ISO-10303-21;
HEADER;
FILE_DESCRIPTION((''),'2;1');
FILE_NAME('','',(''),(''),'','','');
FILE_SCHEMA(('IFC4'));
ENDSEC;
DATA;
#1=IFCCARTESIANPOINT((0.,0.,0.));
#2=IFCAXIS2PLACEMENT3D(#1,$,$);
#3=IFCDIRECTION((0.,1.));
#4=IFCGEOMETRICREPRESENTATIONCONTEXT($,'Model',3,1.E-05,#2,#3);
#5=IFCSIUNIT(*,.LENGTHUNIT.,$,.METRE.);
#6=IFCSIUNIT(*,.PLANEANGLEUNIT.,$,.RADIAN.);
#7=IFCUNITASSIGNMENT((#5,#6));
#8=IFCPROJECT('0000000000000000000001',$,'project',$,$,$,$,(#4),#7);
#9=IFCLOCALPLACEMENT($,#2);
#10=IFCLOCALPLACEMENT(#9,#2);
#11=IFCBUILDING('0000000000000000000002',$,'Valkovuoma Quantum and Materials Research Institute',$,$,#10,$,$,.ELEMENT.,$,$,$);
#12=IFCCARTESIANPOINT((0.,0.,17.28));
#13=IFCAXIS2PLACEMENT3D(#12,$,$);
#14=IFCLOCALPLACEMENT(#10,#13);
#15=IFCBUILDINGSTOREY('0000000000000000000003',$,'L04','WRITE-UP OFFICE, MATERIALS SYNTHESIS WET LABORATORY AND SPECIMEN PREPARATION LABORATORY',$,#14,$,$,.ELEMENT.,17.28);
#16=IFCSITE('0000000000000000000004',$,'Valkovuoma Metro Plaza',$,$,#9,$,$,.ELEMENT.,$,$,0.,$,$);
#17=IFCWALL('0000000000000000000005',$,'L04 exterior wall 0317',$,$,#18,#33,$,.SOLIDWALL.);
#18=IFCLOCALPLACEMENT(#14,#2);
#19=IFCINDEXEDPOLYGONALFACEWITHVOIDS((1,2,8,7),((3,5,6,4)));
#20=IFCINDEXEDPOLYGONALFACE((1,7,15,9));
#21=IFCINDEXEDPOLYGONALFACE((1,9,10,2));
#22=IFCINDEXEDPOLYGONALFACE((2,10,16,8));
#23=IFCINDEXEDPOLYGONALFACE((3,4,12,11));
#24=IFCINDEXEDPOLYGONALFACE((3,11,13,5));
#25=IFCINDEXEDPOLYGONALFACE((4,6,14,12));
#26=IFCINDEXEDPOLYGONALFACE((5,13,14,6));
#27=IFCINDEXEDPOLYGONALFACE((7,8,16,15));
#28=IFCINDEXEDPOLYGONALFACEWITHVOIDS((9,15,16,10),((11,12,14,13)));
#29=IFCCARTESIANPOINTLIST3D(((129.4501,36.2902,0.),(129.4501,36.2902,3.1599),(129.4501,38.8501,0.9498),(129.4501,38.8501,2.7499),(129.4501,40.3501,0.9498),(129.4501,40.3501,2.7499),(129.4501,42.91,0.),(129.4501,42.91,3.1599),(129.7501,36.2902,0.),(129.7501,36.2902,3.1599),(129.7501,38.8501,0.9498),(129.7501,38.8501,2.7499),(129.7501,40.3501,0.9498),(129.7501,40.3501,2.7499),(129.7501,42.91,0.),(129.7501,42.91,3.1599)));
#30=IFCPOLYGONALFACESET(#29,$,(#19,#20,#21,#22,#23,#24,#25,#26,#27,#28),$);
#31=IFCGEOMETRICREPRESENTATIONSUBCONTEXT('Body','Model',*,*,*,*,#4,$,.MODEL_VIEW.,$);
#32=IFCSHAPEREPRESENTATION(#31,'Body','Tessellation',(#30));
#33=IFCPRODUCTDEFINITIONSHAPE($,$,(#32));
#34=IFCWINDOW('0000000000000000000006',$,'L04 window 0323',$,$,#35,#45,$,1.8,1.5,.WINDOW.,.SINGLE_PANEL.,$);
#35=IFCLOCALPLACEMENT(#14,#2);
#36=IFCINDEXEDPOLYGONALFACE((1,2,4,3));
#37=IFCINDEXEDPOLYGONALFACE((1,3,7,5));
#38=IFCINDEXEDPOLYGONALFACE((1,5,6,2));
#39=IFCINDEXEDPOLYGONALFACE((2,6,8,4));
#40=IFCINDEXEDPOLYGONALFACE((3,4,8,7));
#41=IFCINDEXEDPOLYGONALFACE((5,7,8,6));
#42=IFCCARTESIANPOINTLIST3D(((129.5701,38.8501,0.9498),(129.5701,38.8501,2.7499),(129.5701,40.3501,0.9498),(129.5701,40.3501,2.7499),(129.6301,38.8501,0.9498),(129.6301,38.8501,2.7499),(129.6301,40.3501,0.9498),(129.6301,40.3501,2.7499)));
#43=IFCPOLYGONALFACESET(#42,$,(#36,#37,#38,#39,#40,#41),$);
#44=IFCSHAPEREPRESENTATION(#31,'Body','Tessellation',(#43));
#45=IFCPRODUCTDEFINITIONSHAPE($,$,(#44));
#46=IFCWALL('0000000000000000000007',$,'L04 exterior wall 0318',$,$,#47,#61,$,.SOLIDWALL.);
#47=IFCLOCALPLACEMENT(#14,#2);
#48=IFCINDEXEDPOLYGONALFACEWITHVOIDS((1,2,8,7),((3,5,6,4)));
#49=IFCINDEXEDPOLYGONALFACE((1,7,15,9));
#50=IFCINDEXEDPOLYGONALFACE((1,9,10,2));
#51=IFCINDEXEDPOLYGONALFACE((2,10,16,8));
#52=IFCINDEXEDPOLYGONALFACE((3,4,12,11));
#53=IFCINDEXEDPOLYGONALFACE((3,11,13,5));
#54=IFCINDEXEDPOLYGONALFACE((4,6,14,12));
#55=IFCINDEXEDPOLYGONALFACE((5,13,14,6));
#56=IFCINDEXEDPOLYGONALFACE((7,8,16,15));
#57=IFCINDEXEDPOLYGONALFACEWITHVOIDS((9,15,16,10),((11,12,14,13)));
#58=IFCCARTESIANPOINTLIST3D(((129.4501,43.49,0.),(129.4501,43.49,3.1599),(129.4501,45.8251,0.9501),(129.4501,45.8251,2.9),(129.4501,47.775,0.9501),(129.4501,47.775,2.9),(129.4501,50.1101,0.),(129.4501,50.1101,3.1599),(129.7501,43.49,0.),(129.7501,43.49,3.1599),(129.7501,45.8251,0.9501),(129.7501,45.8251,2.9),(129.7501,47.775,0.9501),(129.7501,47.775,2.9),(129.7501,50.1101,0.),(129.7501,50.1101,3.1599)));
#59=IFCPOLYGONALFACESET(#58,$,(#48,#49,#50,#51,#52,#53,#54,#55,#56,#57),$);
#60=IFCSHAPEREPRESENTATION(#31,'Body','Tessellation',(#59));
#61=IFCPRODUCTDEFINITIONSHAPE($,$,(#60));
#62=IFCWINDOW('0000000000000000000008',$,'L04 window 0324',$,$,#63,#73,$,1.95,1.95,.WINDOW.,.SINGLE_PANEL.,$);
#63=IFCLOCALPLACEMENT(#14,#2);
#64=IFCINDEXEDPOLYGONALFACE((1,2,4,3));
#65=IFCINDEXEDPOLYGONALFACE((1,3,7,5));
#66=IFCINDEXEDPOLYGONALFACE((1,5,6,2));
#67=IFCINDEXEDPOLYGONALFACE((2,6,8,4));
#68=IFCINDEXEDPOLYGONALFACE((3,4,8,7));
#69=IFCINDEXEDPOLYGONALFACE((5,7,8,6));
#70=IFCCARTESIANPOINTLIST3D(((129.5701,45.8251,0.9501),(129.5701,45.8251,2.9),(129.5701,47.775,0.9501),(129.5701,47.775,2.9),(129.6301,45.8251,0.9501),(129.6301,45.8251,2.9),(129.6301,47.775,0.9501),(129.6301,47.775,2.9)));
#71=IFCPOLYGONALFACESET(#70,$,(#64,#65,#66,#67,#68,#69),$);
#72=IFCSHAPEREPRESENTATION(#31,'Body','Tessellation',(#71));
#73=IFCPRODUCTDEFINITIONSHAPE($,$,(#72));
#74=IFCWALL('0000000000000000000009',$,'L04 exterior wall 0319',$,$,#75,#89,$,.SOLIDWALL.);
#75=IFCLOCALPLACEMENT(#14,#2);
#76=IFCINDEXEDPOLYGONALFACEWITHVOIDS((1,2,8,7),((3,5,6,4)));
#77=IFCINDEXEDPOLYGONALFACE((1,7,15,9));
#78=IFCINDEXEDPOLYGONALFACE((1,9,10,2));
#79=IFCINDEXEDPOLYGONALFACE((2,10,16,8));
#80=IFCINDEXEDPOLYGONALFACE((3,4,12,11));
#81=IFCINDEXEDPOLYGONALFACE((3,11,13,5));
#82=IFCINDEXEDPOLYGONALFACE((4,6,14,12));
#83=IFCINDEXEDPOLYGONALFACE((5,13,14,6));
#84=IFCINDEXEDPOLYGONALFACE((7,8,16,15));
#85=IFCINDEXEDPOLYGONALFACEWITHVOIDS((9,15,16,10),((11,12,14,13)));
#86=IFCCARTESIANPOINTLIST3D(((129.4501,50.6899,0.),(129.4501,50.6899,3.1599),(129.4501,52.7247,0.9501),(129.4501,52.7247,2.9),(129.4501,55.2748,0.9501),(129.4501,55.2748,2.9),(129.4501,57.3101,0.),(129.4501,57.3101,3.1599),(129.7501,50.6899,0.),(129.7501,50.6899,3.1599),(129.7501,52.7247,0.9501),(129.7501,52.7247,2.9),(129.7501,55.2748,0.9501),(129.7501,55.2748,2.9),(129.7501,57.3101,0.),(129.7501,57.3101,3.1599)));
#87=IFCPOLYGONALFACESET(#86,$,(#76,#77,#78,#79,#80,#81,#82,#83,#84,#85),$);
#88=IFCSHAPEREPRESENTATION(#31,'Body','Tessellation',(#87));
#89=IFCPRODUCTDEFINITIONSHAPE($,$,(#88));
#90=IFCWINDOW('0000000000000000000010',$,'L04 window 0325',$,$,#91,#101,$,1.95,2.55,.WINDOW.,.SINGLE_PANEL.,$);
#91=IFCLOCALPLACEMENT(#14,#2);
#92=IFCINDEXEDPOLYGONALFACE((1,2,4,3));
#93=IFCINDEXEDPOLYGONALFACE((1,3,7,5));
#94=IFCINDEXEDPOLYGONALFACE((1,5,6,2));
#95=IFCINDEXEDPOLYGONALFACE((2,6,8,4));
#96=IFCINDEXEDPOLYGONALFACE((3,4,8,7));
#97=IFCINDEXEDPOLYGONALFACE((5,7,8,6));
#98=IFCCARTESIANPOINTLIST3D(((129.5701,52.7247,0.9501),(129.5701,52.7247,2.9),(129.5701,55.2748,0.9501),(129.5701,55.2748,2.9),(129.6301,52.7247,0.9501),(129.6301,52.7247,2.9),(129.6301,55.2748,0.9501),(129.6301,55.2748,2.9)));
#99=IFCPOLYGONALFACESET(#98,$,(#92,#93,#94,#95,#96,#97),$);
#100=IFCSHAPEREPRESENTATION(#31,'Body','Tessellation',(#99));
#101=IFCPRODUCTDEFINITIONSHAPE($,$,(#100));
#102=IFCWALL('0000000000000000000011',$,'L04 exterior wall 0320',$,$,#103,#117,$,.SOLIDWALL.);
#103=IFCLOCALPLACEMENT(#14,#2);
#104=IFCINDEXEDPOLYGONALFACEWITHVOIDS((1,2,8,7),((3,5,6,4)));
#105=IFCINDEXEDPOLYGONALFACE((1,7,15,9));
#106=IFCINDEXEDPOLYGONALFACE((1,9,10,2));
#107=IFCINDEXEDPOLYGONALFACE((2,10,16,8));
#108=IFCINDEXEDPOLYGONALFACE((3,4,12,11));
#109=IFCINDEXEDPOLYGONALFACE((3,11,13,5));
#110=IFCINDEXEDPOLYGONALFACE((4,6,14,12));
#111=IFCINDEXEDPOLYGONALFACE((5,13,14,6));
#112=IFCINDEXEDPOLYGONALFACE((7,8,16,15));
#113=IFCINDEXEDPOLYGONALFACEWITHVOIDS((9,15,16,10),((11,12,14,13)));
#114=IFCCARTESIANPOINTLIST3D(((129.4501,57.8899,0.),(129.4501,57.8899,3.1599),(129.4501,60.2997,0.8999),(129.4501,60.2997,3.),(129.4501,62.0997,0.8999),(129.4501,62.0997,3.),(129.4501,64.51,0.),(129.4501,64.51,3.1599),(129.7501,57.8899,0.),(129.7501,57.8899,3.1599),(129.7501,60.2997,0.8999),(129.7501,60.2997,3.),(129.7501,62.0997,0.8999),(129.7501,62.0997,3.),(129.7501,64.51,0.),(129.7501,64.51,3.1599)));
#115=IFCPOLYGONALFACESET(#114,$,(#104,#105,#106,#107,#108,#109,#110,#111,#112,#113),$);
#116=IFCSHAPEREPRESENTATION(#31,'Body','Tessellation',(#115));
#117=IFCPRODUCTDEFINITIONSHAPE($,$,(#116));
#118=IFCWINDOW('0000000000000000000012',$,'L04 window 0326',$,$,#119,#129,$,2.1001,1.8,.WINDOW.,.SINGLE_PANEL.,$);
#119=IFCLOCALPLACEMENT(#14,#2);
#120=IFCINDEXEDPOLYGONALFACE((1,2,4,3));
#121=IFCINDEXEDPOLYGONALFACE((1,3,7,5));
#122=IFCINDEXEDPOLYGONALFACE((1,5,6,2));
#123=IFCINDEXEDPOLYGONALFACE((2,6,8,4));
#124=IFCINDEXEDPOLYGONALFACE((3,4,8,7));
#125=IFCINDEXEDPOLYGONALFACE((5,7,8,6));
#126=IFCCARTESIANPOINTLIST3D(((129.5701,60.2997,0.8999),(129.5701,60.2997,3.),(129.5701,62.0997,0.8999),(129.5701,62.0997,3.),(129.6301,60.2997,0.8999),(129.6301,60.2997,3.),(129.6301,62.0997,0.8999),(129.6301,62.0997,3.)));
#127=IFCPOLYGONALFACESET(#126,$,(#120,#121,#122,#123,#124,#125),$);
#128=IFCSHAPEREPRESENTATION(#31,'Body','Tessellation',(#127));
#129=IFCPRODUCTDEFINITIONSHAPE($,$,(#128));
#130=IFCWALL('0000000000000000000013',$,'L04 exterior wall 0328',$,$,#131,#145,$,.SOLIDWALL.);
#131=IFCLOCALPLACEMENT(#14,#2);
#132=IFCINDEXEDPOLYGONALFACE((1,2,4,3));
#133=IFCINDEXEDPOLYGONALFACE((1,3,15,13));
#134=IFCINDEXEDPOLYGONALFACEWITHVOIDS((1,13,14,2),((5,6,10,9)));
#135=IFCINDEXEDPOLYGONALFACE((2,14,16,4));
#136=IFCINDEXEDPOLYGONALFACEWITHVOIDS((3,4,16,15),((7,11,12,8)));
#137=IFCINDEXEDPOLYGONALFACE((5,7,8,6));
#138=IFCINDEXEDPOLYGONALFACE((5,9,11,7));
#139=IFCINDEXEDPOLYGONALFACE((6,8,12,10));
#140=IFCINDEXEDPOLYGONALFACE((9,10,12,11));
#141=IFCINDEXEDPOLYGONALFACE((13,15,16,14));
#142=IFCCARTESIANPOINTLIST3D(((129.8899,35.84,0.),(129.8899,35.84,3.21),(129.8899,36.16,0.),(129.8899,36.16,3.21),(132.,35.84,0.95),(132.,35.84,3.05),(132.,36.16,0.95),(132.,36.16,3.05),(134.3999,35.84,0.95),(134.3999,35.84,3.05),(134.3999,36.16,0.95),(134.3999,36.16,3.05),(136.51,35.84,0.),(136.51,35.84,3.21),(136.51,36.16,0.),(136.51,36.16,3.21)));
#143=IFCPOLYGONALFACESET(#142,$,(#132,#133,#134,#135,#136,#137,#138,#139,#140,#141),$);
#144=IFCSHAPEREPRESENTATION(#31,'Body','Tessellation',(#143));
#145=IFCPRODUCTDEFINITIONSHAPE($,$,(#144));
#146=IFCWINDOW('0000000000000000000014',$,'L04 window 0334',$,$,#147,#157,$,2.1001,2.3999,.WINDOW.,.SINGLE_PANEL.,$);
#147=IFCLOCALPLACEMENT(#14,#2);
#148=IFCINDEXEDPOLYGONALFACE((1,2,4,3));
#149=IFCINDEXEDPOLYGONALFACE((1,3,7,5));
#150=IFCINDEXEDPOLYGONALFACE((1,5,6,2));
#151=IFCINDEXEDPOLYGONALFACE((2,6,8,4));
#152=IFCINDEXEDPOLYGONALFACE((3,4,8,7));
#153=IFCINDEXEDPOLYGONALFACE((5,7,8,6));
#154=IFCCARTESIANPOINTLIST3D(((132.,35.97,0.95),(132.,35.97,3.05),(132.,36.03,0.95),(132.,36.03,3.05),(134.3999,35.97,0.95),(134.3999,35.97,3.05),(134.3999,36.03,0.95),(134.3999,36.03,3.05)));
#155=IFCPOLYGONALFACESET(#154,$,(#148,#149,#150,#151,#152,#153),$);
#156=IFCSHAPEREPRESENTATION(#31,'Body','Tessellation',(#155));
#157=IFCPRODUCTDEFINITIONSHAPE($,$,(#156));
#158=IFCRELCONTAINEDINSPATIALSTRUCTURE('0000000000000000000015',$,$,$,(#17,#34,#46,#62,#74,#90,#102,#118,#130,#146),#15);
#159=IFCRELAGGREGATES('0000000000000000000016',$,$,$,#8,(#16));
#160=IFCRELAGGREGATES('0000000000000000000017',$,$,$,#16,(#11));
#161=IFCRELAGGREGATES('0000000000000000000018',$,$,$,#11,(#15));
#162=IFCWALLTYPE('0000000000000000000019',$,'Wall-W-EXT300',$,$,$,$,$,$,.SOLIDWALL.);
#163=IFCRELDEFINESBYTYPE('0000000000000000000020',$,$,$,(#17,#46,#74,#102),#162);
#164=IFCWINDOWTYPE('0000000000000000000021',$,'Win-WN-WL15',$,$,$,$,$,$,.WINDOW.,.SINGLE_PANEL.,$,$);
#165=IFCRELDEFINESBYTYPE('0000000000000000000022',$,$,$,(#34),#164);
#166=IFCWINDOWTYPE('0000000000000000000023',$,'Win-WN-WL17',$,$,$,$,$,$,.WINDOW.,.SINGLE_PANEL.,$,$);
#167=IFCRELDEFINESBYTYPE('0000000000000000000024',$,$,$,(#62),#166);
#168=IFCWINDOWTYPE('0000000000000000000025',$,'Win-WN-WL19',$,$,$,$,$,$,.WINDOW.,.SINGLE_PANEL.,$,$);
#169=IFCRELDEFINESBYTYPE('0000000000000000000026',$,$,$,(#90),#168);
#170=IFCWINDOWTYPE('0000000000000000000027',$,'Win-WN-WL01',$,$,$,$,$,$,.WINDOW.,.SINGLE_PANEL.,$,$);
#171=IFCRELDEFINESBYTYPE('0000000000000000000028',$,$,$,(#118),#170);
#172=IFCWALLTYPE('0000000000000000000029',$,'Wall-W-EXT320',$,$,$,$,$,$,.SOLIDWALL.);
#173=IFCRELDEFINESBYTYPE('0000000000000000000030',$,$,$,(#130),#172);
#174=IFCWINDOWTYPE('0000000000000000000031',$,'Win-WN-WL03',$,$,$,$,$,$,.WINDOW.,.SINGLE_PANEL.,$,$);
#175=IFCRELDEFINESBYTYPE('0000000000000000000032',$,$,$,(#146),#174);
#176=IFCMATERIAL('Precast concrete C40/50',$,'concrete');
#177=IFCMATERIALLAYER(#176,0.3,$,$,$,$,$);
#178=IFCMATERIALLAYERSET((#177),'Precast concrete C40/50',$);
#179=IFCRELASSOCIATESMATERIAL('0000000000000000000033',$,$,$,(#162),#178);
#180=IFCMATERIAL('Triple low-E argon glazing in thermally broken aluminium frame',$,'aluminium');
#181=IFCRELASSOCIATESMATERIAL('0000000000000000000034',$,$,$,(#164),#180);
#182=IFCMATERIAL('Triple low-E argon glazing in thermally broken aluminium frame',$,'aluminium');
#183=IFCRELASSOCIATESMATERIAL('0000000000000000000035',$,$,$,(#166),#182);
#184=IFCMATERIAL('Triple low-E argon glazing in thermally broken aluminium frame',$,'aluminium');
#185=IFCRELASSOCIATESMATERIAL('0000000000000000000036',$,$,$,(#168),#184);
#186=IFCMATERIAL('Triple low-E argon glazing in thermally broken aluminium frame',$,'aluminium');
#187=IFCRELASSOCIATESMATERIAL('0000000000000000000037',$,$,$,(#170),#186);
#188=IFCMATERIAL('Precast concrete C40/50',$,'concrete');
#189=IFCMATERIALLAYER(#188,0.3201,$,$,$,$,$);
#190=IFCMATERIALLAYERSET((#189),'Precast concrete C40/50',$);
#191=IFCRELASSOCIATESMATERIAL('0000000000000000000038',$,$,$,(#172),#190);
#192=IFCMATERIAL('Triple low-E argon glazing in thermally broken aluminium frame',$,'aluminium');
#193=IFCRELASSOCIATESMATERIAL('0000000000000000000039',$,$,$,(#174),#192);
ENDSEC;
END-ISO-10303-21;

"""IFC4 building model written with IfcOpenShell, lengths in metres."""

from ifc_helpers import new_model, si_unit, direction, frame, frame_2d, origin, place, context, subcontext, project, spatial, rectangle, extrude, material, layer, layer_set, type_object, element, fill, save


model = new_model("IFC4")

# Units and contexts
model_context = context("Model", 3, precision=1e-05, world=origin(), true_north=direction((0.0, 1.0)))
body_context = subcontext(model_context, "Body", "Model", "MODEL_VIEW")
ifc_project = project(units=[si_unit("LENGTHUNIT", "METRE"), si_unit("PLANEANGLEUNIT", "RADIAN")], contexts=[model_context])

# Site, building, storey
site_placement = place(None, origin())
site = spatial("IfcSite", under=ifc_project, at=site_placement, Name="Valkovuoma Metro Plaza", CompositionType="ELEMENT", RefElevation=0.0)
building_placement = place(site_placement, origin())
building = spatial("IfcBuilding", under=site, at=building_placement, Name="Valkovuoma Quantum and Materials Research Institute", CompositionType="ELEMENT")
storey_placement = place(building_placement, frame((0.0, 0.0, 17.28)))
storey = spatial("IfcBuildingStorey", under=building, at=storey_placement, Name="L04", Description="WRITE-UP OFFICE, MATERIALS SYNTHESIS WET LABORATORY AND SPECIMEN PREPARATION LABORATORY", CompositionType="ELEMENT", Elevation=17.28)

# Walls, openings, windows
ifc_material_1 = material(Name="Precast concrete C40/50", Category="concrete")
ifc_layer_1 = layer(ifc_material_1, 0.3)
ifc_layer_set_1 = layer_set([ifc_layer_1], Name="Precast concrete C40/50")
wall_type_1 = type_object("IfcWallType", Name="Wall-W-EXT300", PredefinedType="SOLIDWALL", material=ifc_layer_set_1)
wall_1_placement = place(storey_placement, frame((129.6001, 36.29, 0.0), z_axis=(0.0, 0.0, 1.0), x_axis=(0.0, 1.0, 0.0)))
wall_1 = element("IfcWall", 1, at=wall_1_placement, inside=storey, type_object=wall_type_1, Name="L04 exterior wall 0317", PredefinedType="SOLIDWALL", context=body_context, shape_type="SweptSolid", body=[
    extrude(rectangle(XDim=6.6199, YDim=0.3, at=frame_2d((3.3101, 0.0))), origin(), (0.0, 0.0, 1.0), 3.1599),
])
opening_1_placement = place(wall_1_placement, frame((2.5601, 0.0, 0.95)))
opening_1 = element("IfcOpeningElement", 2, at=opening_1_placement, cuts=wall_1, PredefinedType="OPENING", context=body_context, shape_type="SweptSolid", body=[
    extrude(rectangle(XDim=1.5, YDim=1.8, at=frame_2d((0.75, 0.8999))), frame((0.0, 0.1602, 0.0), z_axis=(0.0, -1.0, 0.0), x_axis=(1.0, 0.0, 0.0)), (0.0, 0.0, 1.0), 0.3201),
])
ifc_material_2 = material(Name="Triple low-E argon glazing in thermally broken aluminium frame", Category="aluminium")
window_type_1 = type_object("IfcWindowType", Name="Win-WN-WL15", PartitioningType="SINGLE_PANEL", PredefinedType="WINDOW", material=ifc_material_2)
window_1_placement = place(opening_1_placement, origin())
window_1 = element("IfcWindow", 3, at=window_1_placement, inside=storey, type_object=window_type_1, Name="L04 window 0323", OverallHeight=1.8, OverallWidth=1.5, PartitioningType="SINGLE_PANEL", PredefinedType="WINDOW", context=body_context, shape_type="SweptSolid", body=[
    extrude(rectangle(XDim=1.5, YDim=1.8, at=frame_2d((0.75, 0.8999))), frame((0.0, 0.03, 0.0), z_axis=(0.0, -1.0, 0.0), x_axis=(1.0, 0.0, 0.0)), (0.0, 0.0, 1.0), 0.0601),
])
fill(opening_1, window_1)
wall_2_placement = place(storey_placement, frame((129.6001, 43.49, 0.0), z_axis=(0.0, 0.0, 1.0), x_axis=(0.0, 1.0, 0.0)))
wall_2 = element("IfcWall", 4, at=wall_2_placement, inside=storey, type_object=wall_type_1, Name="L04 exterior wall 0318", PredefinedType="SOLIDWALL", context=body_context, shape_type="SweptSolid", body=[
    extrude(rectangle(XDim=6.6201, YDim=0.3, at=frame_2d((3.3101, 0.0))), origin(), (0.0, 0.0, 1.0), 3.1599),
])
opening_2_placement = place(wall_2_placement, frame((2.335, 0.0, 0.95)))
opening_2 = element("IfcOpeningElement", 5, at=opening_2_placement, cuts=wall_2, PredefinedType="OPENING", context=body_context, shape_type="SweptSolid", body=[
    extrude(rectangle(XDim=1.95, YDim=1.95, at=frame_2d((0.9751, 0.9751))), frame((0.0, 0.1602, 0.0), z_axis=(0.0, -1.0, 0.0), x_axis=(1.0, 0.0, 0.0)), (0.0, 0.0, 1.0), 0.3201),
])
ifc_material_3 = material(Name="Triple low-E argon glazing in thermally broken aluminium frame", Category="aluminium")
window_type_2 = type_object("IfcWindowType", Name="Win-WN-WL17", PartitioningType="SINGLE_PANEL", PredefinedType="WINDOW", material=ifc_material_3)
window_2_placement = place(opening_2_placement, origin())
window_2 = element("IfcWindow", 6, at=window_2_placement, inside=storey, type_object=window_type_2, Name="L04 window 0324", OverallHeight=1.95, OverallWidth=1.95, PartitioningType="SINGLE_PANEL", PredefinedType="WINDOW", context=body_context, shape_type="SweptSolid", body=[
    extrude(rectangle(XDim=1.95, YDim=1.95, at=frame_2d((0.9751, 0.9751))), frame((0.0, 0.03, 0.0), z_axis=(0.0, -1.0, 0.0), x_axis=(1.0, 0.0, 0.0)), (0.0, 0.0, 1.0), 0.0601),
])
fill(opening_2, window_2)
wall_3_placement = place(storey_placement, frame((129.6001, 50.6899, 0.0), z_axis=(0.0, 0.0, 1.0), x_axis=(0.0, 1.0, 0.0)))
wall_3 = element("IfcWall", 7, at=wall_3_placement, inside=storey, type_object=wall_type_1, Name="L04 exterior wall 0319", PredefinedType="SOLIDWALL", context=body_context, shape_type="SweptSolid", body=[
    extrude(rectangle(XDim=6.6201, YDim=0.3, at=frame_2d((3.3101, 0.0))), origin(), (0.0, 0.0, 1.0), 3.1599),
])
opening_3_placement = place(wall_3_placement, frame((2.0349, 0.0, 0.95)))
opening_3 = element("IfcOpeningElement", 8, at=opening_3_placement, cuts=wall_3, PredefinedType="OPENING", context=body_context, shape_type="SweptSolid", body=[
    extrude(rectangle(XDim=2.55, YDim=1.95, at=frame_2d((1.2749, 0.9751))), frame((0.0, 0.1602, 0.0), z_axis=(0.0, -1.0, 0.0), x_axis=(1.0, 0.0, 0.0)), (0.0, 0.0, 1.0), 0.3201),
])
ifc_material_4 = material(Name="Triple low-E argon glazing in thermally broken aluminium frame", Category="aluminium")
window_type_3 = type_object("IfcWindowType", Name="Win-WN-WL19", PartitioningType="SINGLE_PANEL", PredefinedType="WINDOW", material=ifc_material_4)
window_3_placement = place(opening_3_placement, origin())
window_3 = element("IfcWindow", 9, at=window_3_placement, inside=storey, type_object=window_type_3, Name="L04 window 0325", OverallHeight=1.95, OverallWidth=2.55, PartitioningType="SINGLE_PANEL", PredefinedType="WINDOW", context=body_context, shape_type="SweptSolid", body=[
    extrude(rectangle(XDim=2.55, YDim=1.95, at=frame_2d((1.2749, 0.9751))), frame((0.0, 0.03, 0.0), z_axis=(0.0, -1.0, 0.0), x_axis=(1.0, 0.0, 0.0)), (0.0, 0.0, 1.0), 0.0601),
])
fill(opening_3, window_3)
wall_4_placement = place(storey_placement, frame((129.6001, 57.8899, 0.0), z_axis=(0.0, 0.0, 1.0), x_axis=(0.0, 1.0, 0.0)))
wall_4 = element("IfcWall", 10, at=wall_4_placement, inside=storey, type_object=wall_type_1, Name="L04 exterior wall 0320", PredefinedType="SOLIDWALL", context=body_context, shape_type="SweptSolid", body=[
    extrude(rectangle(XDim=6.6201, YDim=0.3, at=frame_2d((3.3101, 0.0))), origin(), (0.0, 0.0, 1.0), 3.1599),
])
opening_4_placement = place(wall_4_placement, frame((2.4099, 0.0, 0.8999)))
opening_4 = element("IfcOpeningElement", 11, at=opening_4_placement, cuts=wall_4, PredefinedType="OPENING", context=body_context, shape_type="SweptSolid", body=[
    extrude(rectangle(XDim=1.8, YDim=2.1001, at=frame_2d((0.8999, 1.05))), frame((0.0, 0.1602, 0.0), z_axis=(0.0, -1.0, 0.0), x_axis=(1.0, 0.0, 0.0)), (0.0, 0.0, 1.0), 0.3201),
])
ifc_material_5 = material(Name="Triple low-E argon glazing in thermally broken aluminium frame", Category="aluminium")
window_type_4 = type_object("IfcWindowType", Name="Win-WN-WL01", PartitioningType="SINGLE_PANEL", PredefinedType="WINDOW", material=ifc_material_5)
window_4_placement = place(opening_4_placement, origin())
window_4 = element("IfcWindow", 12, at=window_4_placement, inside=storey, type_object=window_type_4, Name="L04 window 0326", OverallHeight=2.1001, OverallWidth=1.8, PartitioningType="SINGLE_PANEL", PredefinedType="WINDOW", context=body_context, shape_type="SweptSolid", body=[
    extrude(rectangle(XDim=1.8, YDim=2.1001, at=frame_2d((0.8999, 1.05))), frame((0.0, 0.03, 0.0), z_axis=(0.0, -1.0, 0.0), x_axis=(1.0, 0.0, 0.0)), (0.0, 0.0, 1.0), 0.0601),
])
fill(opening_4, window_4)
ifc_material_6 = material(Name="Precast concrete C40/50", Category="concrete")
ifc_layer_2 = layer(ifc_material_6, 0.3201)
ifc_layer_set_2 = layer_set([ifc_layer_2], Name="Precast concrete C40/50")
wall_type_2 = type_object("IfcWallType", Name="Wall-W-EXT320", PredefinedType="SOLIDWALL", material=ifc_layer_set_2)
wall_5_placement = place(storey_placement, frame((129.8899, 36.0, 0.0), z_axis=(0.0, 0.0, 1.0), x_axis=(1.0, 0.0, 0.0)))
wall_5 = element("IfcWall", 13, at=wall_5_placement, inside=storey, type_object=wall_type_2, Name="L04 exterior wall 0328", PredefinedType="SOLIDWALL", context=body_context, shape_type="SweptSolid", body=[
    extrude(rectangle(XDim=6.6201, YDim=0.3201, at=frame_2d((3.3101, 0.0))), origin(), (0.0, 0.0, 1.0), 3.21),
])
opening_5_placement = place(wall_5_placement, frame((2.1101, 0.0, 0.95)))
opening_5 = element("IfcOpeningElement", 14, at=opening_5_placement, cuts=wall_5, PredefinedType="OPENING", context=body_context, shape_type="SweptSolid", body=[
    extrude(rectangle(XDim=2.3999, YDim=2.1001, at=frame_2d((1.2, 1.05))), frame((0.0, 0.1699, 0.0), z_axis=(0.0, -1.0, 0.0), x_axis=(1.0, 0.0, 0.0)), (0.0, 0.0, 1.0), 0.3401),
])
ifc_material_7 = material(Name="Triple low-E argon glazing in thermally broken aluminium frame", Category="aluminium")
window_type_5 = type_object("IfcWindowType", Name="Win-WN-WL03", PartitioningType="SINGLE_PANEL", PredefinedType="WINDOW", material=ifc_material_7)
window_5_placement = place(opening_5_placement, origin())
window_5 = element("IfcWindow", 15, at=window_5_placement, inside=storey, type_object=window_type_5, Name="L04 window 0334", OverallHeight=2.1001, OverallWidth=2.3999, PartitioningType="SINGLE_PANEL", PredefinedType="WINDOW", context=body_context, shape_type="SweptSolid", body=[
    extrude(rectangle(XDim=2.3999, YDim=2.1001, at=frame_2d((1.2, 1.05))), frame((0.0, 0.03, 0.0), z_axis=(0.0, -1.0, 0.0), x_axis=(1.0, 0.0, 0.0)), (0.0, 0.0, 1.0), 0.0601),
])
fill(opening_5, window_5)

save(model, "model.ifc")
